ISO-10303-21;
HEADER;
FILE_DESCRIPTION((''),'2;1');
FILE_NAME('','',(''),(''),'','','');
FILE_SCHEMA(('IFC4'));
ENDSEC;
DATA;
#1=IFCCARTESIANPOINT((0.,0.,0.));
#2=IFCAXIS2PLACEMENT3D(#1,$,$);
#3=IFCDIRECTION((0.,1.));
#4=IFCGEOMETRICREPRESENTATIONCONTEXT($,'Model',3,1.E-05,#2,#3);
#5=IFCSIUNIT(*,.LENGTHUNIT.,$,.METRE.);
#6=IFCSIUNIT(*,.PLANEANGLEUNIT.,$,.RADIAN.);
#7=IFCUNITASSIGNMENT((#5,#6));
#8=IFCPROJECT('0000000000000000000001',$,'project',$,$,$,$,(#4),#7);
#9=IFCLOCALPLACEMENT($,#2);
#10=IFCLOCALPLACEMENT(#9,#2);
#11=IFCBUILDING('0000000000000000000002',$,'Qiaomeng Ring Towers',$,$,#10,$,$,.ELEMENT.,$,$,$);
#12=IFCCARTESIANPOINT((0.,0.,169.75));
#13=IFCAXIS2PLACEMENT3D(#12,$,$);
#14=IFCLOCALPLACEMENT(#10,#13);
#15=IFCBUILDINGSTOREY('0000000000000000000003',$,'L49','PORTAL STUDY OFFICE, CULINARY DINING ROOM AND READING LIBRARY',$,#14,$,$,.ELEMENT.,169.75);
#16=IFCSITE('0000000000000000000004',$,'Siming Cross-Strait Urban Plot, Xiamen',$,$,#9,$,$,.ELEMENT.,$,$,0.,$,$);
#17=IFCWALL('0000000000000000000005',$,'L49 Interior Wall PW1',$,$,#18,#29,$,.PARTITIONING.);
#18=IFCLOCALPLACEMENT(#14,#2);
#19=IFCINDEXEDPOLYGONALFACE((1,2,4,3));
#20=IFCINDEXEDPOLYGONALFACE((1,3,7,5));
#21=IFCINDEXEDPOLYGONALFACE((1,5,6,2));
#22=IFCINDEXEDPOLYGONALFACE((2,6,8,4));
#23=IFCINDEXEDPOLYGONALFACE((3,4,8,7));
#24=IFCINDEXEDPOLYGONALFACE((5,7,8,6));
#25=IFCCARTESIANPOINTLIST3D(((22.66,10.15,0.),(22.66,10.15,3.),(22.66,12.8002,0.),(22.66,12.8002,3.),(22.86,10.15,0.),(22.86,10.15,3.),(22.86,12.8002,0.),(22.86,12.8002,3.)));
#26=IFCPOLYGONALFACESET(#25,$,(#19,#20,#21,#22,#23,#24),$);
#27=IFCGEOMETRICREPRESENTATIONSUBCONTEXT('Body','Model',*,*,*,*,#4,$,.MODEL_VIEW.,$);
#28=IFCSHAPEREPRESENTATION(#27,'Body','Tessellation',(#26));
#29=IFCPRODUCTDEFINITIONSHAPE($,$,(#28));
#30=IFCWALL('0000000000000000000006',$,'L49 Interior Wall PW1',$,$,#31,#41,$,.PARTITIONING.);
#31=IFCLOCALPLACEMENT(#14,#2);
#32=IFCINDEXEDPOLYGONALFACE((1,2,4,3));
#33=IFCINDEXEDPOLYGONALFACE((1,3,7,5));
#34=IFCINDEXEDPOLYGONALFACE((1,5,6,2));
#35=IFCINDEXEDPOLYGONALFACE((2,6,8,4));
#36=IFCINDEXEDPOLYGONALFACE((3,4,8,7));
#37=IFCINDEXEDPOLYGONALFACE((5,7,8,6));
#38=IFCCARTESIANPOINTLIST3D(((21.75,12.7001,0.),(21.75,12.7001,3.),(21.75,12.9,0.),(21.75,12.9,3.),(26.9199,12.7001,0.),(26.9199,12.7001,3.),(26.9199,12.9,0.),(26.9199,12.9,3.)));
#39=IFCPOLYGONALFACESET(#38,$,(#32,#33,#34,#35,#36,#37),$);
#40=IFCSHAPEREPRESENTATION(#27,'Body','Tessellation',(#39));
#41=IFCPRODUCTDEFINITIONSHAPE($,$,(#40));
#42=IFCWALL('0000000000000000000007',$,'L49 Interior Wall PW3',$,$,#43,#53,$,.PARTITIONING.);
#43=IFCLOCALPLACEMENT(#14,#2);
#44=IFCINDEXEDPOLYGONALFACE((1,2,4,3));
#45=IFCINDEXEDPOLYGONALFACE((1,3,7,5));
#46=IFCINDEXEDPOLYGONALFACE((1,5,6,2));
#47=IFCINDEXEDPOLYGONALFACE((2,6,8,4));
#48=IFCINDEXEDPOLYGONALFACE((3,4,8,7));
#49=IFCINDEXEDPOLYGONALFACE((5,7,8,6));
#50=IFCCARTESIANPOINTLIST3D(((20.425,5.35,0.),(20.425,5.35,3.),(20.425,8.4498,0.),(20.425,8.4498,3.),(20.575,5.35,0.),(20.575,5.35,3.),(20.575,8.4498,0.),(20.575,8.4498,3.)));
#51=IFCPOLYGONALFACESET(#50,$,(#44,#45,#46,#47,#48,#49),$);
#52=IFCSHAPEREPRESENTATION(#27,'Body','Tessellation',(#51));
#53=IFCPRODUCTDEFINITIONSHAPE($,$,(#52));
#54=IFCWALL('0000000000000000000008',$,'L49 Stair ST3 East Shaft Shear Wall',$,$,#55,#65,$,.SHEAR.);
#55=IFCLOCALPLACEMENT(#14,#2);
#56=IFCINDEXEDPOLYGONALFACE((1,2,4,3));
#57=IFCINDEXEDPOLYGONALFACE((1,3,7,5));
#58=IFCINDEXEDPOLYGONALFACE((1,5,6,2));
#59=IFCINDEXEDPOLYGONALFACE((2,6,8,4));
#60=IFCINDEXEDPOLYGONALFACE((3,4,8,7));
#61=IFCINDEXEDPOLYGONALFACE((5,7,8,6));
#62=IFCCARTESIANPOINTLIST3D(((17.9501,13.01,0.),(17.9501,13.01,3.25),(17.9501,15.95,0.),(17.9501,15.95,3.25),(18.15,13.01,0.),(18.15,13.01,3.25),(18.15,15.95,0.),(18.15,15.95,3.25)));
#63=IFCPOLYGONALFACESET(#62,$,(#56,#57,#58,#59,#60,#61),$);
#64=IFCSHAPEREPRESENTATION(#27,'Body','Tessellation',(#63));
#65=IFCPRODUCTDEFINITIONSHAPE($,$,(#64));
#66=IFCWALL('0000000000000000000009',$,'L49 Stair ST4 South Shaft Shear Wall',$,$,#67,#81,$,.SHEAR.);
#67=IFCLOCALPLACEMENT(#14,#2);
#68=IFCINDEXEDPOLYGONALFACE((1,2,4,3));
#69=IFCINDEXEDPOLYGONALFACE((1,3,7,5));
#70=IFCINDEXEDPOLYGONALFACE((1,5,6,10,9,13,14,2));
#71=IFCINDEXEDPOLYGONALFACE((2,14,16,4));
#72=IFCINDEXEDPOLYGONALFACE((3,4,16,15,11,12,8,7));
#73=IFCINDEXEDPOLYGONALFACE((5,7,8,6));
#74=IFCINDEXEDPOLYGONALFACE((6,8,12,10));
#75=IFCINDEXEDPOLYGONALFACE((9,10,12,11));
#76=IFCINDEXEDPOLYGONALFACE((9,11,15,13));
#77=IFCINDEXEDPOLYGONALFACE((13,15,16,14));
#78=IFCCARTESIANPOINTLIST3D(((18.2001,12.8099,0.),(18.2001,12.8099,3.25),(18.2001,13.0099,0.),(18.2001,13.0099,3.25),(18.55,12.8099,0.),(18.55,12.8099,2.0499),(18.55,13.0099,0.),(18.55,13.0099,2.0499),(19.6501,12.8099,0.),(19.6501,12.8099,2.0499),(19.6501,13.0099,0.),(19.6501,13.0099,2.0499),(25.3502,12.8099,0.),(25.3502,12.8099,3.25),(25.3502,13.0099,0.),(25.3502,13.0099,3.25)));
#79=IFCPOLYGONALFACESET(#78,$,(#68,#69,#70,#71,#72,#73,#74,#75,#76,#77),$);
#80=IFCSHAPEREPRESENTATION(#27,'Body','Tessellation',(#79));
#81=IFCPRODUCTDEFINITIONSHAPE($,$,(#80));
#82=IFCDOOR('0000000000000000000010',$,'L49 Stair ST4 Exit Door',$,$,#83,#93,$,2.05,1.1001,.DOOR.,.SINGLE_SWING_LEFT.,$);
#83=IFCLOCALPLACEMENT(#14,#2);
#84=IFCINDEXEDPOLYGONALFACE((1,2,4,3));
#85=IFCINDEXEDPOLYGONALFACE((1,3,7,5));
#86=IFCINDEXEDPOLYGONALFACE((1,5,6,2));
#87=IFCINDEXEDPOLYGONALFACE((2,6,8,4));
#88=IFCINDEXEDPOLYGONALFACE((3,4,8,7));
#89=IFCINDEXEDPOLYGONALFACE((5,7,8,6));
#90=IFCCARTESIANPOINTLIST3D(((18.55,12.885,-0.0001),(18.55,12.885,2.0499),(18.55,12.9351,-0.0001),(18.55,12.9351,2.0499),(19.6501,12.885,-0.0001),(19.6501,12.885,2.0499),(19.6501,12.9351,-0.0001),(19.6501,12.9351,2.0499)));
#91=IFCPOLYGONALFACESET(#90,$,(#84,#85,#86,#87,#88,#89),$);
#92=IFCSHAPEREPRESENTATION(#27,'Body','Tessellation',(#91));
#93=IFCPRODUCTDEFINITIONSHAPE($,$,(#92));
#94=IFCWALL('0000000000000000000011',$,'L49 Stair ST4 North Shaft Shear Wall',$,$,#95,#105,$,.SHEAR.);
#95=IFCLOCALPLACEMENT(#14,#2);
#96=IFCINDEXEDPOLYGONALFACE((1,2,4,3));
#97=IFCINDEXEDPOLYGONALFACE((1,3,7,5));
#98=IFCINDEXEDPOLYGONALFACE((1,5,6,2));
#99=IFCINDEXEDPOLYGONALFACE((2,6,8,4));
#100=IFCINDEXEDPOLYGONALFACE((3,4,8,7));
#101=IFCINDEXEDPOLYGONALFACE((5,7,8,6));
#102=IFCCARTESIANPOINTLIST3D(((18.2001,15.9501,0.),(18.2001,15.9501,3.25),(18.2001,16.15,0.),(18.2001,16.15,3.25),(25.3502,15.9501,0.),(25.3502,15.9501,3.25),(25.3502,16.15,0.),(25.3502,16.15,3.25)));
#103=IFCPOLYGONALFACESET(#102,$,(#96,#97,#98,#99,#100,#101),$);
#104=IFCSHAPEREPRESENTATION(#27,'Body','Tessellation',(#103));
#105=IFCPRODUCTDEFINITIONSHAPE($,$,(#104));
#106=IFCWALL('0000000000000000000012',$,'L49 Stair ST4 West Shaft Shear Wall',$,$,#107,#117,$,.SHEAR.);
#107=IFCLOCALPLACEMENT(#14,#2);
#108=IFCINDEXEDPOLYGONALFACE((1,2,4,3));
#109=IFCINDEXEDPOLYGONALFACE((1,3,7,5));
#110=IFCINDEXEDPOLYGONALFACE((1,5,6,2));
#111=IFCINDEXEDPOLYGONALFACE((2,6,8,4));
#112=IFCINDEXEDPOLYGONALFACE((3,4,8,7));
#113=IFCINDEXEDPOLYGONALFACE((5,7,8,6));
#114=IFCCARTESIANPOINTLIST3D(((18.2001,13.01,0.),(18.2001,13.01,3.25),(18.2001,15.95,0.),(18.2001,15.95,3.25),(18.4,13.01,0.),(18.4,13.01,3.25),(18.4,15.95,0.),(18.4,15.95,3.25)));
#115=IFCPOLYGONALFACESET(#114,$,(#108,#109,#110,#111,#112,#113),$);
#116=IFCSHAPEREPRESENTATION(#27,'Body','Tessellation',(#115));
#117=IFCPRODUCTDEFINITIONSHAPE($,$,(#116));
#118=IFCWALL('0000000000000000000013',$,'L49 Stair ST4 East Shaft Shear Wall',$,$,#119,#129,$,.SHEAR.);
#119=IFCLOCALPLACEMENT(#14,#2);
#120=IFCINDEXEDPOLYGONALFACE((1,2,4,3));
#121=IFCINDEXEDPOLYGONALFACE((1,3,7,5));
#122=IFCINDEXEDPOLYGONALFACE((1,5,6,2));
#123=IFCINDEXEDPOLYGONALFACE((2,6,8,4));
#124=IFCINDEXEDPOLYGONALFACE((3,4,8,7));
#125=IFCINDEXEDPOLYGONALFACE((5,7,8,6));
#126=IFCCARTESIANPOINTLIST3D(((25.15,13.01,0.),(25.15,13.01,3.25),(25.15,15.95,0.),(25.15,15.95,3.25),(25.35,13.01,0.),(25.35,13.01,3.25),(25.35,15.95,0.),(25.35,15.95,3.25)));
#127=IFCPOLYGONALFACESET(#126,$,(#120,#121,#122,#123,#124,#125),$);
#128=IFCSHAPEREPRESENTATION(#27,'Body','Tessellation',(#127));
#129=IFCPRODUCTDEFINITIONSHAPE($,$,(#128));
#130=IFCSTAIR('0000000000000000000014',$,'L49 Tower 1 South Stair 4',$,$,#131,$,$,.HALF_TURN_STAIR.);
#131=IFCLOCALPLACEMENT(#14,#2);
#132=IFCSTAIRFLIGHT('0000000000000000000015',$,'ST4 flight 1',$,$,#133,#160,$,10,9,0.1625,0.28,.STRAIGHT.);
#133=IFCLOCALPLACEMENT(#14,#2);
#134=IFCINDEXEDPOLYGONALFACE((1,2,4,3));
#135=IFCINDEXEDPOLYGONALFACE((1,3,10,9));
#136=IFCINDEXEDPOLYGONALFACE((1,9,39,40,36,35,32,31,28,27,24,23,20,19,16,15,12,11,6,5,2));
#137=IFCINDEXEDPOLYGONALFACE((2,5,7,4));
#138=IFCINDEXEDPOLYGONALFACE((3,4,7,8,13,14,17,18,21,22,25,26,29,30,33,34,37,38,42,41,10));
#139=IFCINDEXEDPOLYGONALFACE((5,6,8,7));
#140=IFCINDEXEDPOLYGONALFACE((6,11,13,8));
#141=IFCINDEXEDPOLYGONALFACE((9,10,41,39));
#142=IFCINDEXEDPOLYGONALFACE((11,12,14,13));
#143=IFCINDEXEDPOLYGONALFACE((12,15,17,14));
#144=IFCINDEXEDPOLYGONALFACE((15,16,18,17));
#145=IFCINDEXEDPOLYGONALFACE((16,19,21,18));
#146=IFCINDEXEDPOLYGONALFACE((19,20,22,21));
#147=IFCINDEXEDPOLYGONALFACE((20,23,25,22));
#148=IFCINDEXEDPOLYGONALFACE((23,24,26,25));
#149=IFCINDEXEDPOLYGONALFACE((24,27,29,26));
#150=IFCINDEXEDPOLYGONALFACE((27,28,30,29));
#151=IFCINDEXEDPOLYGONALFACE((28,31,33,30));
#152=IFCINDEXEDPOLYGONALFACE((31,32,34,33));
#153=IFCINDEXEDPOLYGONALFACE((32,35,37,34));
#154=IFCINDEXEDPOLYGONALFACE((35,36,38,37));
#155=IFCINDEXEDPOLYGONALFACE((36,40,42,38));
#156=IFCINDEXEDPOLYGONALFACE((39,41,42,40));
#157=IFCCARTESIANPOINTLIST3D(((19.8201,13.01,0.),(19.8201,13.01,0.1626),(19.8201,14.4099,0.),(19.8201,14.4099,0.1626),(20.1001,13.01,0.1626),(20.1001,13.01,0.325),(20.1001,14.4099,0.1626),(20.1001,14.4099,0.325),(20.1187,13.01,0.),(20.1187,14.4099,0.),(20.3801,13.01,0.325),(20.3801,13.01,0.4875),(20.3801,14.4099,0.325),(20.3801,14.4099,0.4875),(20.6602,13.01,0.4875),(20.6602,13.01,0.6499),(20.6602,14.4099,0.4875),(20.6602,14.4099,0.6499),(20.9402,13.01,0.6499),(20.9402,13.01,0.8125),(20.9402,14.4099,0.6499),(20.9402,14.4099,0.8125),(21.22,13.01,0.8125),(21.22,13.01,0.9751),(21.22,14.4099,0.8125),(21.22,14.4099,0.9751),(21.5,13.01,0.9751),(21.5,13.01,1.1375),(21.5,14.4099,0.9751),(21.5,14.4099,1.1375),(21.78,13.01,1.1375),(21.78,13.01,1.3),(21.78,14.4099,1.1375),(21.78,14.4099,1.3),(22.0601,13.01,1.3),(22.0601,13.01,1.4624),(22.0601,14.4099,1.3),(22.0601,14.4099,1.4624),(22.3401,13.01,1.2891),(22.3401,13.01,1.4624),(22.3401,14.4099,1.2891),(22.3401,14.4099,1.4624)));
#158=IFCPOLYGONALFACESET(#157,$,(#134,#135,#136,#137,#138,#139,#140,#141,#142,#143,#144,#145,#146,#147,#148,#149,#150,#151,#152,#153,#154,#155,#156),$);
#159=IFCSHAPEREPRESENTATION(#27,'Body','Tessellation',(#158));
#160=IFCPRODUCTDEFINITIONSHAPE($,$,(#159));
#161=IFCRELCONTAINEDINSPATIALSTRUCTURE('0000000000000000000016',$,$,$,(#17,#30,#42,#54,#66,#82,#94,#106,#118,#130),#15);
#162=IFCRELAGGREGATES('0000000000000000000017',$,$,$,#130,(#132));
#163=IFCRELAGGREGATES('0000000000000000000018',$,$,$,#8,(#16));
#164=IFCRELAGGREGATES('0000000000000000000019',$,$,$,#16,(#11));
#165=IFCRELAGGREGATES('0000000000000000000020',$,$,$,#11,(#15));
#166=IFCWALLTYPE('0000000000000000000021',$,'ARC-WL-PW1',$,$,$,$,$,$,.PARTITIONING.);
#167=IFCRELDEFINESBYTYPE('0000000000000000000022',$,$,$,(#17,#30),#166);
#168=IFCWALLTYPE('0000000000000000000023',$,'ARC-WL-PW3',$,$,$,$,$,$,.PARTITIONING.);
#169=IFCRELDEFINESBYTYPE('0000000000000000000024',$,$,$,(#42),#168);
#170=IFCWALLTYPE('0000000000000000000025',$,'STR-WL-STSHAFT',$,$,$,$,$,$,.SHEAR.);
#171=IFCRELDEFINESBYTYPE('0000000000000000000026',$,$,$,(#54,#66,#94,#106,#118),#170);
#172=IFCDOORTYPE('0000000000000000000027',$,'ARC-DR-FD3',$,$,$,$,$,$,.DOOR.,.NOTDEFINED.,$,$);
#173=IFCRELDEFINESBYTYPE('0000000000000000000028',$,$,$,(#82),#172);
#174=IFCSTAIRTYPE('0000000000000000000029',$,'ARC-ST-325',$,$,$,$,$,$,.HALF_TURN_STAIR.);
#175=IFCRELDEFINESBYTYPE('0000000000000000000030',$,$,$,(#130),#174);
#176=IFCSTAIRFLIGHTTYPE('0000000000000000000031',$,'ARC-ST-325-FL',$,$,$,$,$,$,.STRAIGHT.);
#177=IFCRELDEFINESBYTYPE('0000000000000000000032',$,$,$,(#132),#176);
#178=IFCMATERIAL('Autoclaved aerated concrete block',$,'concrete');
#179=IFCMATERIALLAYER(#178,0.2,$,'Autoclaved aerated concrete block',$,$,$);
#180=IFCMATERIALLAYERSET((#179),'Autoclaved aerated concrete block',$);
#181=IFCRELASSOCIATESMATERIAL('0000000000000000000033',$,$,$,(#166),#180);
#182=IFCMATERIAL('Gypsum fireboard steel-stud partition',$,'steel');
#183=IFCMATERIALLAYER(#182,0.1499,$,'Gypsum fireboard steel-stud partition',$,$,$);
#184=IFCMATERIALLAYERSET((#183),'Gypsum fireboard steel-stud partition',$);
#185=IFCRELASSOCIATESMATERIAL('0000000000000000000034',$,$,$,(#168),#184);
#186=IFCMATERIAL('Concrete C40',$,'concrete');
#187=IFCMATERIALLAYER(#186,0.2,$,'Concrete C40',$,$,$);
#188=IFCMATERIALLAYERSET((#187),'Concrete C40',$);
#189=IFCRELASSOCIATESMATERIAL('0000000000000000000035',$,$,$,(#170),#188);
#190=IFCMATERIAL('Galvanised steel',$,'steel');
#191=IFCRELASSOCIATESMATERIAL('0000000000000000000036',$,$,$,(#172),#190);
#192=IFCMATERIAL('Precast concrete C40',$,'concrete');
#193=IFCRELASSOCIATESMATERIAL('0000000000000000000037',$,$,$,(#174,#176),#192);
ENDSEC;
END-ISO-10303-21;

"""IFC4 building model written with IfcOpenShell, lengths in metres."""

from ifc_helpers import new_model, si_unit, direction, frame, frame_2d, origin, place, context, subcontext, project, spatial, polyline, rectangle, outline, extrude, source, transform, mapped, material, layer, layer_set, type_object, element, fill, aggregate, save


model = new_model("IFC4")

# Units and contexts
model_context = context("Model", 3, precision=1e-05, world=origin(), true_north=direction((0.0, 1.0)))
body_context = subcontext(model_context, "Body", "Model", "MODEL_VIEW")
ifc_project = project(units=[si_unit("LENGTHUNIT", "METRE"), si_unit("PLANEANGLEUNIT", "RADIAN")], contexts=[model_context])

# Site, building, storey
site_placement = place(None, origin())
site = spatial("IfcSite", under=ifc_project, at=site_placement, Name="Siming Cross-Strait Urban Plot, Xiamen", CompositionType="ELEMENT", RefElevation=0.0)
building_placement = place(site_placement, origin())
building = spatial("IfcBuilding", under=site, at=building_placement, Name="Qiaomeng Ring Towers", CompositionType="ELEMENT")
storey_placement = place(building_placement, frame((0.0, 0.0, 169.75)))
storey = spatial("IfcBuildingStorey", under=building, at=storey_placement, Name="L49", Description="PORTAL STUDY OFFICE, CULINARY DINING ROOM AND READING LIBRARY", CompositionType="ELEMENT", Elevation=169.75)

# Walls
ifc_material_1 = material(Name="Autoclaved aerated concrete block", Category="concrete")
ifc_layer_1 = layer(ifc_material_1, 0.2, Name="Autoclaved aerated concrete block")
ifc_layer_set_1 = layer_set([ifc_layer_1], Name="Autoclaved aerated concrete block")
wall_type_1 = type_object("IfcWallType", Name="ARC-WL-PW1", PredefinedType="PARTITIONING", material=ifc_layer_set_1)
wall_1_placement = place(storey_placement, frame((22.76, 10.1499, 0.0), z_axis=(0.0, 0.0, 1.0), x_axis=(0.0, 1.0, 0.0)))
element("IfcWall", 1, at=wall_1_placement, inside=storey, type_object=wall_type_1, Name="L49 Interior Wall PW1", PredefinedType="PARTITIONING", context=body_context, shape_type="SweptSolid", body=[
    extrude(rectangle(XDim=2.6501, YDim=0.2, at=frame_2d((1.3252, 0.0))), origin(), (0.0, 0.0, 1.0), 3.0),
])
wall_2_placement = place(storey_placement, frame((21.75, 12.8, 0.0), z_axis=(0.0, 0.0, 1.0), x_axis=(1.0, 0.0, 0.0)))
element("IfcWall", 2, at=wall_2_placement, inside=storey, type_object=wall_type_1, Name="L49 Interior Wall PW1", PredefinedType="PARTITIONING", context=body_context, shape_type="SweptSolid", body=[
    extrude(rectangle(XDim=5.1699, YDim=0.2, at=frame_2d((2.585, 0.0))), origin(), (0.0, 0.0, 1.0), 3.0),
])
ifc_material_2 = material(Name="Gypsum fireboard steel-stud partition", Category="steel")
ifc_layer_2 = layer(ifc_material_2, 0.1499, Name="Gypsum fireboard steel-stud partition")
ifc_layer_set_2 = layer_set([ifc_layer_2], Name="Gypsum fireboard steel-stud partition")
wall_type_2 = type_object("IfcWallType", Name="ARC-WL-PW3", PredefinedType="PARTITIONING", material=ifc_layer_set_2)
wall_3_placement = place(storey_placement, frame((20.5, 5.3501, 0.0), z_axis=(0.0, 0.0, 1.0), x_axis=(0.0, 1.0, 0.0)))
element("IfcWall", 3, at=wall_3_placement, inside=storey, type_object=wall_type_2, Name="L49 Interior Wall PW3", PredefinedType="PARTITIONING", context=body_context, shape_type="SweptSolid", body=[
    extrude(rectangle(XDim=3.0999, YDim=0.1499, at=frame_2d((1.5498, 0.0))), origin(), (0.0, 0.0, 1.0), 3.0),
])
ifc_material_3 = material(Name="Concrete C40", Category="concrete")
ifc_layer_3 = layer(ifc_material_3, 0.2, Name="Concrete C40")
ifc_layer_set_3 = layer_set([ifc_layer_3], Name="Concrete C40")
wall_type_3 = type_object("IfcWallType", Name="STR-WL-STSHAFT", PredefinedType="SHEAR", material=ifc_layer_set_3)
wall_4_placement = place(storey_placement, frame((18.05, 13.01, 0.0), z_axis=(0.0, 0.0, 1.0), x_axis=(0.0, 1.0, 0.0)))
element("IfcWall", 4, at=wall_4_placement, inside=storey, type_object=wall_type_3, Name="L49 Stair ST3 East Shaft Shear Wall", PredefinedType="SHEAR", context=body_context, shape_type="SweptSolid", body=[
    extrude(rectangle(XDim=2.9399, YDim=0.2, at=frame_2d((1.47, 0.0))), origin(), (0.0, 0.0, 1.0), 3.25),
])

# Wall, opening, door
wall_5_placement = place(storey_placement, frame((18.2, 12.9099, 0.0), z_axis=(0.0, 0.0, 1.0), x_axis=(1.0, 0.0, 0.0)))
wall_5 = element("IfcWall", 5, at=wall_5_placement, inside=storey, type_object=wall_type_3, Name="L49 Stair ST4 South Shaft Shear Wall", PredefinedType="SHEAR", context=body_context, shape_type="SweptSolid", body=[
    extrude(rectangle(XDim=7.1501, YDim=0.2, at=frame_2d((3.5752, 0.0))), origin(), (0.0, 0.0, 1.0), 3.25),
])
opening_placement = place(wall_5_placement, frame((0.3501, 0.0, 0.0)))
opening = element("IfcOpeningElement", 6, at=opening_placement, cuts=wall_5, PredefinedType="OPENING", context=body_context, shape_type="SweptSolid", body=[
    extrude(rectangle(XDim=1.1001, YDim=2.05, at=frame_2d((0.55, 1.0249))), frame((0.0, 0.1099, 0.0), z_axis=(0.0, -1.0, 0.0), x_axis=(1.0, 0.0, 0.0)), (0.0, 0.0, 1.0), 0.22),
])
ifc_material_4 = material(Name="Galvanised steel", Category="steel")
door_type = type_object("IfcDoorType", Name="ARC-DR-FD3", OperationType="NOTDEFINED", PredefinedType="DOOR", material=ifc_material_4)
shared_shape_1 = source(origin(), body_context, "Body", "SweptSolid", [
    extrude(rectangle(XDim=1.1001, YDim=2.05, at=frame_2d((0.55, 1.0249))), frame((0.0, 0.0249, 0.0), z_axis=(0.0, -1.0, 0.0), x_axis=(1.0, 0.0, 0.0)), (0.0, 0.0, 1.0), 0.05),
])
door_placement = place(opening_placement, frame((1.1001, 0.0, 0.0), z_axis=(0.0, 0.0, 1.0), x_axis=(-1.0, 0.0, 0.0)))
door = element("IfcDoor", 7, at=door_placement, inside=storey, type_object=door_type, Name="L49 Stair ST4 Exit Door", OperationType="SINGLE_SWING_LEFT", OverallHeight=2.05, OverallWidth=1.1001, PredefinedType="DOOR", context=body_context, shape_type="MappedRepresentation", body=[
    mapped(shared_shape_1, transform((0.0, 0.0, 0.0), x_axis=(1.0, 0.0, 0.0), y_axis=(0.0, 1.0, 0.0), z_axis=(0.0, 0.0, 1.0), scale=1.0)),
])
fill(opening, door)

# Walls
wall_6_placement = place(storey_placement, frame((18.2, 16.05, 0.0), z_axis=(0.0, 0.0, 1.0), x_axis=(1.0, 0.0, 0.0)))
element("IfcWall", 8, at=wall_6_placement, inside=storey, type_object=wall_type_3, Name="L49 Stair ST4 North Shaft Shear Wall", PredefinedType="SHEAR", context=body_context, shape_type="SweptSolid", body=[
    extrude(rectangle(XDim=7.1501, YDim=0.2, at=frame_2d((3.5752, 0.0))), origin(), (0.0, 0.0, 1.0), 3.25),
])
for number, where, z_axis, x_axis, name in (
    (9, (18.3, 13.01, 0.0), (0.0, 0.0, 1.0), (0.0, 1.0, 0.0), "L49 Stair ST4 West Shaft Shear Wall"),
    (10, (25.25, 13.01, 0.0), (0.0, 0.0, 1.0), (0.0, 1.0, 0.0), "L49 Stair ST4 East Shaft Shear Wall"),
):
    element("IfcWall", number, at=place(storey_placement, frame(where, z_axis=z_axis, x_axis=x_axis)), inside=storey, type_object=wall_type_3, Name=name, PredefinedType="SHEAR", context=body_context, shape_type="SweptSolid", body=[
        extrude(rectangle(XDim=2.9399, YDim=0.2, at=frame_2d((1.47, 0.0))), origin(), (0.0, 0.0, 1.0), 3.25),
    ])

# Stair, stair flight
ifc_material_5 = material(Name="Precast concrete C40", Category="concrete")
stair_type = type_object("IfcStairType", Name="ARC-ST-325", PredefinedType="HALF_TURN_STAIR", material=ifc_material_5)
stair_placement = place(storey_placement, origin())
stair = element("IfcStair", 11, at=stair_placement, inside=storey, type_object=stair_type, Name="L49 Tower 1 South Stair 4", PredefinedType="HALF_TURN_STAIR")
stair_flight_type = type_object("IfcStairFlightType", Name="ARC-ST-325-FL", PredefinedType="STRAIGHT", material=ifc_material_5)
shared_shape_2 = source(origin(), body_context, "Body", "SweptSolid", [
    extrude(outline(polyline([(0.0, 0.0), (0.0, 0.1626), (0.28, 0.1626), (0.28, 0.325), (0.5601, 0.325), (0.5601, 0.4875), (0.8401, 0.4875), (0.8401, 0.6499), (1.1201, 0.6499), (1.1201, 0.8125), (1.3999, 0.8125), (1.3999, 0.9751), (1.6799, 0.9751), (1.6799, 1.1375), (1.96, 1.1375), (1.96, 1.3), (2.24, 1.3), (2.24, 1.4624), (2.52, 1.4624), (2.52, 1.625), (2.52, 1.2891), (0.2986, 0.0), (0.0, 0.0)])), frame((0.0, 0.7, 0.0), z_axis=(0.0, -1.0, 0.0), x_axis=(1.0, 0.0, 0.0)), (0.0, 0.0, 1.0), 1.3999),
])
stair_flight_1_placement = place(storey_placement, frame((19.8201, 13.71, 0.0), z_axis=(0.0, 0.0, 1.0), x_axis=(1.0, 0.0, 0.0)))
stair_flight_1 = element("IfcStairFlight", 12, at=stair_flight_1_placement, type_object=stair_flight_type, Name="ST4 flight 1", NumberOfRisers=10, NumberOfTreads=9, PredefinedType="STRAIGHT", RiserHeight=0.1625, TreadLength=0.28, context=body_context, shape_type="MappedRepresentation", body=[
    mapped(shared_shape_2, transform((0.0, 0.0, 0.0), x_axis=(1.0, 0.0, 0.0), y_axis=(0.0, 1.0, 0.0), z_axis=(0.0, 0.0, 1.0), scale=1.0)),
])
aggregate(stair, [stair_flight_1])

save(model, "model.ifc")
